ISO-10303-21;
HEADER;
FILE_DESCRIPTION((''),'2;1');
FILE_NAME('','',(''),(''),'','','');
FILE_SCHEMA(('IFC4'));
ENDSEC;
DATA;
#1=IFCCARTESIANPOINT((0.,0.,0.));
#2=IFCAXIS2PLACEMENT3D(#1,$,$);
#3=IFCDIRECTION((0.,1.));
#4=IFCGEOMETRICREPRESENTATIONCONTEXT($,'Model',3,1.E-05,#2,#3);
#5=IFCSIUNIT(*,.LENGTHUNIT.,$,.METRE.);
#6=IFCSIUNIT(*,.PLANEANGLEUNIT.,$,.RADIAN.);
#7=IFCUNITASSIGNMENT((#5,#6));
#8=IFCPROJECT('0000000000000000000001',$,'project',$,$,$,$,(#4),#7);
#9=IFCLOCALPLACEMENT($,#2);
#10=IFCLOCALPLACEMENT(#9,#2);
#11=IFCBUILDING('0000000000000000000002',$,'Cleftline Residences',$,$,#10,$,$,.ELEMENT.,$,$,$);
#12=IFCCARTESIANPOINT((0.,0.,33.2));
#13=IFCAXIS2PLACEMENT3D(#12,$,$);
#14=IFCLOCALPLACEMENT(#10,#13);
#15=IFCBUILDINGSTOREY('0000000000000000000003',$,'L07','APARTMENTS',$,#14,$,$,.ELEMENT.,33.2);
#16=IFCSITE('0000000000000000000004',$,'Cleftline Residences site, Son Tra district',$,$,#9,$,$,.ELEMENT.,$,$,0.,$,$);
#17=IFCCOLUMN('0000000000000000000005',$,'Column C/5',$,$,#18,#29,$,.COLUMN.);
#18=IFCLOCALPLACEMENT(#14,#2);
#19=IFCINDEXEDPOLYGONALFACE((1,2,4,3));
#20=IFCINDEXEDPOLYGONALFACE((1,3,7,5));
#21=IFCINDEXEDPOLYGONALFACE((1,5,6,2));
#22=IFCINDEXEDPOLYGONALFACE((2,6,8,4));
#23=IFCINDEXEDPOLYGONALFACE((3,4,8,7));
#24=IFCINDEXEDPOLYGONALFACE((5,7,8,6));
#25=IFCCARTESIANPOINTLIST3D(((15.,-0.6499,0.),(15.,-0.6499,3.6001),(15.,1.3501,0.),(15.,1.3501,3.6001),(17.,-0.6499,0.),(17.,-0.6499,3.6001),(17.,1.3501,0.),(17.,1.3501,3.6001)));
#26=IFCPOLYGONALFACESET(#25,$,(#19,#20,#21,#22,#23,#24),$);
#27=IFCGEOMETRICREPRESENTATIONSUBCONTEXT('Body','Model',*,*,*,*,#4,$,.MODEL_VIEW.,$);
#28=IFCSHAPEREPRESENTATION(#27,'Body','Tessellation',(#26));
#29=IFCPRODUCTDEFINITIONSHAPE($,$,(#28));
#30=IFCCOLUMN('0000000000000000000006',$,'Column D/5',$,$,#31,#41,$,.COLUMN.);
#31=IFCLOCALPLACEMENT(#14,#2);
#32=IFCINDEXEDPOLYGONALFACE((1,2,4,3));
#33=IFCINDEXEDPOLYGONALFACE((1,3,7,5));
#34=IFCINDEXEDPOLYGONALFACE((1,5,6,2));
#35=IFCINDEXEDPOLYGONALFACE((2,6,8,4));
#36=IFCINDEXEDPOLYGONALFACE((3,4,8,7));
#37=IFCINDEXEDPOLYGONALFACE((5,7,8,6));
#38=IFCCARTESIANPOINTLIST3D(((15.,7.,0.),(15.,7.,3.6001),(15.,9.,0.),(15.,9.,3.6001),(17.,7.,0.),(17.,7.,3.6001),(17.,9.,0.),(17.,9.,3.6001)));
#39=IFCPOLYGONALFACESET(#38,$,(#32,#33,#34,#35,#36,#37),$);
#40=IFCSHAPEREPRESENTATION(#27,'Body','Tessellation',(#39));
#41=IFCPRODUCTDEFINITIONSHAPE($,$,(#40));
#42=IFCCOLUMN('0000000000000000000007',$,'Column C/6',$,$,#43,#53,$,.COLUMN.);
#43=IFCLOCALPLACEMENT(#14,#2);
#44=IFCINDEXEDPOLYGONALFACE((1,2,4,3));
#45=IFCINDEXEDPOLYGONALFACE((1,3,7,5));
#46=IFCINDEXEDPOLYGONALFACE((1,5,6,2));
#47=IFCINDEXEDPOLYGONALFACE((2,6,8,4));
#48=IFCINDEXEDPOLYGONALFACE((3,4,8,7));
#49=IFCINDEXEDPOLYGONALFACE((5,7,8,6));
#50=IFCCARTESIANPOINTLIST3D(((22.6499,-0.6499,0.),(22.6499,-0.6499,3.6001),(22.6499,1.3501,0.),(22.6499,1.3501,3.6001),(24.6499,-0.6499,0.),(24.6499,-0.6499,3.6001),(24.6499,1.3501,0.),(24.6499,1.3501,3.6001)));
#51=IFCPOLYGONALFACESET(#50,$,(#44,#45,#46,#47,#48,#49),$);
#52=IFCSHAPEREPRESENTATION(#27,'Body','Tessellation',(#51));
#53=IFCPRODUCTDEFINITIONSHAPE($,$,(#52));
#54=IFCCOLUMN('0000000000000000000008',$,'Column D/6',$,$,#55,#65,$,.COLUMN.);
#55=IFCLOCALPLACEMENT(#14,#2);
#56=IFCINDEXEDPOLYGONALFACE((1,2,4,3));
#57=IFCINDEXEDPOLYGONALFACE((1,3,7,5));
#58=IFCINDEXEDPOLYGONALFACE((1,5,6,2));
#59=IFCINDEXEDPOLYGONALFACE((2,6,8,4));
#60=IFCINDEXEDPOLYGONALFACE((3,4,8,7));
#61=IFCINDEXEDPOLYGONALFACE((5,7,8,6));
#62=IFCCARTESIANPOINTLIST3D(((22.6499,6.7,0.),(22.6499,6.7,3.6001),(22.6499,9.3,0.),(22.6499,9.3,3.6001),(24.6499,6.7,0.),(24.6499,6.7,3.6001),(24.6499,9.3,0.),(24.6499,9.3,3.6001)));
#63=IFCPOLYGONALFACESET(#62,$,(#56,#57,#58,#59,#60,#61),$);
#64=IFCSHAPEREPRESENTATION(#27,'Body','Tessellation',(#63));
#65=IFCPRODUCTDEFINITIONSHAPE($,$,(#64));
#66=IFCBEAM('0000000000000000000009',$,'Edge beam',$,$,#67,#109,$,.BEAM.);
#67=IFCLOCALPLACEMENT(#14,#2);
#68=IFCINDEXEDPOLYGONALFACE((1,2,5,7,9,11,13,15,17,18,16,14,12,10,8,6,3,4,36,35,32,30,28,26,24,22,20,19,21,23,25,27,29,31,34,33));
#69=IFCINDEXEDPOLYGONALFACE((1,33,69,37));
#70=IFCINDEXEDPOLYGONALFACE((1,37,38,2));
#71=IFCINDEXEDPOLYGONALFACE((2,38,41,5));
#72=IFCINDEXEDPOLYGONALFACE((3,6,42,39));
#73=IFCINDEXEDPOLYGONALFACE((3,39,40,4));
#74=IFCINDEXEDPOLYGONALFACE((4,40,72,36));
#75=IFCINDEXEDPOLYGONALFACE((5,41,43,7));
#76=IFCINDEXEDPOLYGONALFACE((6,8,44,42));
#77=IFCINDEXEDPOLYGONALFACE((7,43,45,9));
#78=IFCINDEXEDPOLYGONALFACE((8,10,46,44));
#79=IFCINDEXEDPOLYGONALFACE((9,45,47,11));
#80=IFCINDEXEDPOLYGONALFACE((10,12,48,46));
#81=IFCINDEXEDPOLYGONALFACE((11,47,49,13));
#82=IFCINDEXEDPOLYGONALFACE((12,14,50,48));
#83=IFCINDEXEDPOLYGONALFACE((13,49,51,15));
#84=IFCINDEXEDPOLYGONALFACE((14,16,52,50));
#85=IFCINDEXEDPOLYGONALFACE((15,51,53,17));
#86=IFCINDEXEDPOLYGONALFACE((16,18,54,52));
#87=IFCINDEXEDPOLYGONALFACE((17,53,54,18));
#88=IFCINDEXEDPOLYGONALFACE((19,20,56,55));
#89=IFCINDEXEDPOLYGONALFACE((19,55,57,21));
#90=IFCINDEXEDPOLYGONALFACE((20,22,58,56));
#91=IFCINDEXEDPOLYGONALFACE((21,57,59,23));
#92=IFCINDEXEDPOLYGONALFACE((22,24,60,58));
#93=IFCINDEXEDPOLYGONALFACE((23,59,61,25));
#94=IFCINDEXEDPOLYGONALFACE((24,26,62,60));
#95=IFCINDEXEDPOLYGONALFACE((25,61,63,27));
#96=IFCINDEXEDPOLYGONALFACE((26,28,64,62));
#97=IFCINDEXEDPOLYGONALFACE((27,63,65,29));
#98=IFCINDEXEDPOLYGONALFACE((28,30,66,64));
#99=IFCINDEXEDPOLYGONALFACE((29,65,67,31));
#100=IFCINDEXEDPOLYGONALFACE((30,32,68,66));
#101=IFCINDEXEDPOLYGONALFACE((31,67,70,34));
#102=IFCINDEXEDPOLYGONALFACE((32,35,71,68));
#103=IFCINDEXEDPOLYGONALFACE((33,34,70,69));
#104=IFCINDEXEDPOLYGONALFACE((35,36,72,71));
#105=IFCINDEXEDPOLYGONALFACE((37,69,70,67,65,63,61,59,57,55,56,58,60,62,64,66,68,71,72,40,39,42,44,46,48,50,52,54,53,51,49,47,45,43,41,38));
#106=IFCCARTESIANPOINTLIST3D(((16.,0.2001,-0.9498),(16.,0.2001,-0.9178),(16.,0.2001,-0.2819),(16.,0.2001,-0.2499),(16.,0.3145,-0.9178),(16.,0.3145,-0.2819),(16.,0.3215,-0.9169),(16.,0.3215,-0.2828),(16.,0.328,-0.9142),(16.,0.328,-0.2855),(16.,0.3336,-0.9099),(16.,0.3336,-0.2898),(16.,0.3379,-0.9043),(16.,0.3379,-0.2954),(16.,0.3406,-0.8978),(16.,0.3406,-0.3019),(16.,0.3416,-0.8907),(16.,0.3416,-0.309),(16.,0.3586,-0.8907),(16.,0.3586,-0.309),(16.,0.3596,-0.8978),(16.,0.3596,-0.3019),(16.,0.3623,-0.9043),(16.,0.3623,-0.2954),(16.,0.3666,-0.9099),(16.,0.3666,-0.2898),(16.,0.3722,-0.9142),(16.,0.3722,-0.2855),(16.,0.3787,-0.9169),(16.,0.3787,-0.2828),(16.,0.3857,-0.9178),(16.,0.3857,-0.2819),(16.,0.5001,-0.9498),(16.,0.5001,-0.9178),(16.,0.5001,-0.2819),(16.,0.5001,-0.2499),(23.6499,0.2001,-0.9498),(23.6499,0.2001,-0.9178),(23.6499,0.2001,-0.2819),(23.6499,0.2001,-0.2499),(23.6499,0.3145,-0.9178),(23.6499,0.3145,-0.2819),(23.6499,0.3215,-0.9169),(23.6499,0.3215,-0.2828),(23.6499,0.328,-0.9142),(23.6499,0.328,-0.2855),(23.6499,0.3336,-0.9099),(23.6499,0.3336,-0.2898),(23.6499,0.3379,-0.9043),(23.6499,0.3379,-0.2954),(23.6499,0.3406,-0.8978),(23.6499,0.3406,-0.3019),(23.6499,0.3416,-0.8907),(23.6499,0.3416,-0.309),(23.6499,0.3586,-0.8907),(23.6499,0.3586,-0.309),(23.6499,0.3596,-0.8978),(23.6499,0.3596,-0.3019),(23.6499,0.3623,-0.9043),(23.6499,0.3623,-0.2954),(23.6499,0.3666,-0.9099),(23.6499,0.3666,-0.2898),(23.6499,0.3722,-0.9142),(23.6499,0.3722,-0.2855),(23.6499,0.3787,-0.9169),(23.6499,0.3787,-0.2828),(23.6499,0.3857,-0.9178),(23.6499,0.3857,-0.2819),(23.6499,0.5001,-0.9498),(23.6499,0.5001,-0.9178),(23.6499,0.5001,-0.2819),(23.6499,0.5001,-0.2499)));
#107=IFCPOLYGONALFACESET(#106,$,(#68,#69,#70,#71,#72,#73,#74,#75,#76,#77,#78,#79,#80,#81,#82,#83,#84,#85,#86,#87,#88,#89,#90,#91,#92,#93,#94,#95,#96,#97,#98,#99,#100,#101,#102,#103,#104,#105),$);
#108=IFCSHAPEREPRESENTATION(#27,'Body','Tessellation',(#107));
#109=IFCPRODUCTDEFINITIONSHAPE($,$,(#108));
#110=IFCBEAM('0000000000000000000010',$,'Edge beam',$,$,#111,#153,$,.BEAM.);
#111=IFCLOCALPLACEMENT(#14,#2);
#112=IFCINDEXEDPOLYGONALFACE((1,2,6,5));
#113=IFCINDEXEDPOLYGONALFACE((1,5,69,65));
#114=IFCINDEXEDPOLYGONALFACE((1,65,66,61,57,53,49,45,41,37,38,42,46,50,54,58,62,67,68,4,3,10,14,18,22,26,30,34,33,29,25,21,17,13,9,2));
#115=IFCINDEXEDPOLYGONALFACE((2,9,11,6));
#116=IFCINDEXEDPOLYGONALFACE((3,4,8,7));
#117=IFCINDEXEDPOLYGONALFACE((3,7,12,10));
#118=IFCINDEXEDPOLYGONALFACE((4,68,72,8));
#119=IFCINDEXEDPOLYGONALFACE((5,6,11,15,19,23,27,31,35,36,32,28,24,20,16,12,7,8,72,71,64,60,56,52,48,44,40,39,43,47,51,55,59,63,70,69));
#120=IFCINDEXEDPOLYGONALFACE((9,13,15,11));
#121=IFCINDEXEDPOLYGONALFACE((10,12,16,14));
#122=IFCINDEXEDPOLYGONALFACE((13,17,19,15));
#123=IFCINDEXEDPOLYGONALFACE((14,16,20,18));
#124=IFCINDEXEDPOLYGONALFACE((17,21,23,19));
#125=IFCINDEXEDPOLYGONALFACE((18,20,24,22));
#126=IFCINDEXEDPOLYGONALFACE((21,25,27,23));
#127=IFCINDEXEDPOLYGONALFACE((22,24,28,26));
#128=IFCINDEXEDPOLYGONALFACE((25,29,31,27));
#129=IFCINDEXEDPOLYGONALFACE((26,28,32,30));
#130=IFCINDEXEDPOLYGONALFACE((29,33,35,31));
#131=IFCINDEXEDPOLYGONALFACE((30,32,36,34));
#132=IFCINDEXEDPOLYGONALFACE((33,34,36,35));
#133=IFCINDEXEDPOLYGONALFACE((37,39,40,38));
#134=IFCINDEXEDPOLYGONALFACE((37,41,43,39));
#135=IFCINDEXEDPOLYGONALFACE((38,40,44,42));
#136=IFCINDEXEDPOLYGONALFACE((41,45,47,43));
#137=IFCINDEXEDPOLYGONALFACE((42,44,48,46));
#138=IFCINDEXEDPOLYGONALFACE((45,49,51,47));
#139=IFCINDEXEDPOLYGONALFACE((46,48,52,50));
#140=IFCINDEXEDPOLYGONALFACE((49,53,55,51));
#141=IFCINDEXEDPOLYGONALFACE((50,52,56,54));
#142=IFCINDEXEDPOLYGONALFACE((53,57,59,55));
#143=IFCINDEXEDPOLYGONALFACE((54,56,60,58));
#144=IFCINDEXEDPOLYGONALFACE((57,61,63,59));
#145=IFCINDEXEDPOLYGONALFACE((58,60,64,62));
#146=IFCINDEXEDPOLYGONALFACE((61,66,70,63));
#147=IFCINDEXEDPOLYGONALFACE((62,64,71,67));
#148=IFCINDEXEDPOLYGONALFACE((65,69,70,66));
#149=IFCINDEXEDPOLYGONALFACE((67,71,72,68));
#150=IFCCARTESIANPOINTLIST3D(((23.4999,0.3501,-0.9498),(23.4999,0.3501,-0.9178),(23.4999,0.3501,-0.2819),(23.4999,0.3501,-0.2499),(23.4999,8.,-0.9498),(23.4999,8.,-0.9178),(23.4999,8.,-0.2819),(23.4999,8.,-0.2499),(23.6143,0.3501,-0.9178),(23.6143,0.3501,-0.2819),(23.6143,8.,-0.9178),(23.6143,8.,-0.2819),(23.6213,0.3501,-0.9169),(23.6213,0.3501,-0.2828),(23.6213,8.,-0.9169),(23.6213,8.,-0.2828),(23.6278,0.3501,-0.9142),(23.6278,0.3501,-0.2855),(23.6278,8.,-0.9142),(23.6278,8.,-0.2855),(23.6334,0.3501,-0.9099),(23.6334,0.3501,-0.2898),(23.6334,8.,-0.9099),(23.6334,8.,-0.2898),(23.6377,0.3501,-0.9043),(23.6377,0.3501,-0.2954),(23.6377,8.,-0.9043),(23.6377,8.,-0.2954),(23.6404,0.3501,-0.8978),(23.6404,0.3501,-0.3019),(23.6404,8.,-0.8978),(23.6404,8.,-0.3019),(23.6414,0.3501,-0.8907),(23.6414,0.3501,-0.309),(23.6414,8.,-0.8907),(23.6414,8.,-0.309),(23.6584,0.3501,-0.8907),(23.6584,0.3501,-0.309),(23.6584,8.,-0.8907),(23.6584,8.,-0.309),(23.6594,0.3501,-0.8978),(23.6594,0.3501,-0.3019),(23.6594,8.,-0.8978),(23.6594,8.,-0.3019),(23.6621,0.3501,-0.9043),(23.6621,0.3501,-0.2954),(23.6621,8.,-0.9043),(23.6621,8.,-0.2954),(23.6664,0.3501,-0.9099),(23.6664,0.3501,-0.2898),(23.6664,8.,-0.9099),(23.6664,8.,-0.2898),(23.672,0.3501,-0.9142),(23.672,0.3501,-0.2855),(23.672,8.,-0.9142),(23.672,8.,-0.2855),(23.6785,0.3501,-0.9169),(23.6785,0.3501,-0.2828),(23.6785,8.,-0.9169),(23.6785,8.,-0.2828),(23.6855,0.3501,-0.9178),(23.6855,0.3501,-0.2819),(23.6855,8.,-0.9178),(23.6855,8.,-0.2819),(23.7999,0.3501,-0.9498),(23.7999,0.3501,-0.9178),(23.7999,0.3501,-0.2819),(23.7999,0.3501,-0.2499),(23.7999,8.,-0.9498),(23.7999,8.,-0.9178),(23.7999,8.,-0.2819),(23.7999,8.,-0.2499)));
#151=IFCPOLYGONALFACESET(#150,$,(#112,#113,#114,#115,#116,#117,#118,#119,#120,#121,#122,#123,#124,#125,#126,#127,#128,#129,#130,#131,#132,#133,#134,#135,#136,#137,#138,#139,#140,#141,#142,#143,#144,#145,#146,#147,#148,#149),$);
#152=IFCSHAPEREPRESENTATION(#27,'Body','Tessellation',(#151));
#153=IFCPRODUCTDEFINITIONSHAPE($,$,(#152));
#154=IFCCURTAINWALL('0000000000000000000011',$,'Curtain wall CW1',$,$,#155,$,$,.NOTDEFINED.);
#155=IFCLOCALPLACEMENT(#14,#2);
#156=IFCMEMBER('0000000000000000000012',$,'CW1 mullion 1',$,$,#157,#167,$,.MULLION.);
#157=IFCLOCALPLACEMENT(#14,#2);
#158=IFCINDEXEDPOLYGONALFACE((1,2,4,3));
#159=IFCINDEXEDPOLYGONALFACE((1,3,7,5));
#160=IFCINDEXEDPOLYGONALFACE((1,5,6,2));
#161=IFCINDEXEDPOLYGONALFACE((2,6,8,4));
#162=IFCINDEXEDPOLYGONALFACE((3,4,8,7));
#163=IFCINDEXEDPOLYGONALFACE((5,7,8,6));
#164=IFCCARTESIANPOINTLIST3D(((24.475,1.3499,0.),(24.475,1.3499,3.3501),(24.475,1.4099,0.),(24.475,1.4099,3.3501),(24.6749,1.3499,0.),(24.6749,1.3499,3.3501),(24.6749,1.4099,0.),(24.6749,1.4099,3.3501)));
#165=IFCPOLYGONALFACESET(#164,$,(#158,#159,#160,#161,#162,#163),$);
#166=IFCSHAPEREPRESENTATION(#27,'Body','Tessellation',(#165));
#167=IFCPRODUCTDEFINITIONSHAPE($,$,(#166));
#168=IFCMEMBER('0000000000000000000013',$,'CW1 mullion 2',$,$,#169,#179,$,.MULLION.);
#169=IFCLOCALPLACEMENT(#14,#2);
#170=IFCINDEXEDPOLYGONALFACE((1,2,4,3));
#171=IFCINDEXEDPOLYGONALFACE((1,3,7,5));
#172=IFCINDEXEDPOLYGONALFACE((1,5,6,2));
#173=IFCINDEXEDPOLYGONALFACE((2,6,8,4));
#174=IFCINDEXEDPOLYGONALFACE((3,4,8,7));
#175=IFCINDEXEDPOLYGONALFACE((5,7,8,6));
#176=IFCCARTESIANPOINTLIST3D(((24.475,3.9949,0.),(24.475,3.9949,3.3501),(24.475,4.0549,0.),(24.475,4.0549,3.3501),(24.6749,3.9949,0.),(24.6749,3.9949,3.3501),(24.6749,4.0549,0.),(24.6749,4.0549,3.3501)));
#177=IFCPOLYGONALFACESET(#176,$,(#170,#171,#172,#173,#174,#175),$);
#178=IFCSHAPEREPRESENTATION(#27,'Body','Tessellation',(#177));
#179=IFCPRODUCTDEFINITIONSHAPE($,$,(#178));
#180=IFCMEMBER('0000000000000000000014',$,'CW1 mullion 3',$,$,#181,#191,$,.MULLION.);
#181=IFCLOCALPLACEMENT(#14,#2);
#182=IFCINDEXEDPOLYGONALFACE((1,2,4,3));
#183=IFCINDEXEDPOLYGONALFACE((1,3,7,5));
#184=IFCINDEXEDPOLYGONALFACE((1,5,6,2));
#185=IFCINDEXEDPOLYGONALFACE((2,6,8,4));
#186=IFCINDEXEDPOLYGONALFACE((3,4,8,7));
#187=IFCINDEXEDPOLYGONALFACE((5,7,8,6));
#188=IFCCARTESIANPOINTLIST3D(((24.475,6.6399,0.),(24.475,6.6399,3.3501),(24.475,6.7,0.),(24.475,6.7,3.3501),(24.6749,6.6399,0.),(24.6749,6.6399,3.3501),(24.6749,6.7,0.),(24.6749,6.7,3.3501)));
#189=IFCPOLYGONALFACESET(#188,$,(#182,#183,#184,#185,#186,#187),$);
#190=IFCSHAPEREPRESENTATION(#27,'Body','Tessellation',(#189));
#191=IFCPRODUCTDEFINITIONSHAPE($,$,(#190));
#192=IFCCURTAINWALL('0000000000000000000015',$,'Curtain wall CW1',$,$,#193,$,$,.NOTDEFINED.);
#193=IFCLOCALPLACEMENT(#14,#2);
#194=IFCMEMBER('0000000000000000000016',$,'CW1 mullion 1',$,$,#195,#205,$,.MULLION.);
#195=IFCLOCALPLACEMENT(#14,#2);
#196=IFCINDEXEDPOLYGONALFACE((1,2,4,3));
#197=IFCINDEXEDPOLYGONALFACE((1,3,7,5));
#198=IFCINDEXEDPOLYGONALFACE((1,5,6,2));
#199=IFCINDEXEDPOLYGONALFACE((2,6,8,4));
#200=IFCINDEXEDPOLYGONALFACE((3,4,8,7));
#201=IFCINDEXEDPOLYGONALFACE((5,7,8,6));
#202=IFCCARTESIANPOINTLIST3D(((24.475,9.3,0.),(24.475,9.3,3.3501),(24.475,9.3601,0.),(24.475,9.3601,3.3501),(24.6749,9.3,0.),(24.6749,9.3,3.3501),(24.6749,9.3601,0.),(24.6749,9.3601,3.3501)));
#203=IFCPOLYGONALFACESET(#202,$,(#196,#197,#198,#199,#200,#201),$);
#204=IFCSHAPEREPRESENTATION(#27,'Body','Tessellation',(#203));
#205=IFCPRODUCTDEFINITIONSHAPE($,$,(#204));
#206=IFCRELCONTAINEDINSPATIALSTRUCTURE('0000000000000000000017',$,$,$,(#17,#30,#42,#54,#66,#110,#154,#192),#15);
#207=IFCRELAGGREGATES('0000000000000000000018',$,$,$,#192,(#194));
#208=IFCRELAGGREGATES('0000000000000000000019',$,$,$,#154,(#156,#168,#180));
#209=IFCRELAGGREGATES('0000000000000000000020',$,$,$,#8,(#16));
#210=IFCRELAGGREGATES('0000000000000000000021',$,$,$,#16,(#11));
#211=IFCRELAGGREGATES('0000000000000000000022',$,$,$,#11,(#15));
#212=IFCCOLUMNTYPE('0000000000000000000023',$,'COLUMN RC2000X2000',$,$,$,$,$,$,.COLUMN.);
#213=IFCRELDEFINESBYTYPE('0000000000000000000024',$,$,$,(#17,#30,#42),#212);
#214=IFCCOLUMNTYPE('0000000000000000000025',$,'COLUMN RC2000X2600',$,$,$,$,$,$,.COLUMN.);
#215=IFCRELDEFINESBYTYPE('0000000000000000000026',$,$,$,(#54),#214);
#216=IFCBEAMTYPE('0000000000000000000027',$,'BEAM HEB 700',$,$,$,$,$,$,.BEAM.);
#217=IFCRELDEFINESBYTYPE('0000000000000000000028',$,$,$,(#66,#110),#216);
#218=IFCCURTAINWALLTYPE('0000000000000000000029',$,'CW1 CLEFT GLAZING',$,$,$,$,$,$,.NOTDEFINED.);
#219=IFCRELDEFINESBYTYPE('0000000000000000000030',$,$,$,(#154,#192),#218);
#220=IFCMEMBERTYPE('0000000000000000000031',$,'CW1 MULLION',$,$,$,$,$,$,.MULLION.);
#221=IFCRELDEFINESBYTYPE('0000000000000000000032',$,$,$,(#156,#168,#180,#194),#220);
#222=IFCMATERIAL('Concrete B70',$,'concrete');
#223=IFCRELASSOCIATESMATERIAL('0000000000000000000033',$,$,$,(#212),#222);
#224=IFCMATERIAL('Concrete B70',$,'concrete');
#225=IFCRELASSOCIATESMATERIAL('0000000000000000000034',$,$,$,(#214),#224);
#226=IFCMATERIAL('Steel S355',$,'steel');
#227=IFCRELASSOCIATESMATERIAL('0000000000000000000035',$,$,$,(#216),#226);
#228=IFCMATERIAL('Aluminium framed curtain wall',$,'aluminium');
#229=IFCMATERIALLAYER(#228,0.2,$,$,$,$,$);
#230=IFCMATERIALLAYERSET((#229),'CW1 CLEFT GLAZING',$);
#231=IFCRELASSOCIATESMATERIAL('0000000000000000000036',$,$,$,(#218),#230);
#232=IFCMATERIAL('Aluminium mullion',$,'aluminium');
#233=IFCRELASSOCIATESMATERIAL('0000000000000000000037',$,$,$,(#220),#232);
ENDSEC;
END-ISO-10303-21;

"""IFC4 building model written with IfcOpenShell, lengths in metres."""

from ifc_helpers import new_model, si_unit, direction, frame, origin, origin_2d, place, context, subcontext, project, spatial, rectangle, i_section, extrude, material, layer, layer_set, material_profile, profile_set, type_object, element, aggregate, save


model = new_model("IFC4")

# Units and contexts
model_context = context("Model", 3, precision=1e-05, world=origin(), true_north=direction((0.0, 1.0)))
body_context = subcontext(model_context, "Body", "Model", "MODEL_VIEW")
ifc_project = project(units=[si_unit("LENGTHUNIT", "METRE"), si_unit("PLANEANGLEUNIT", "RADIAN")], contexts=[model_context])

# Site, building, storey
site_placement = place(None, origin())
site = spatial("IfcSite", under=ifc_project, at=site_placement, Name="Cleftline Residences site, Son Tra district", CompositionType="ELEMENT", RefElevation=0.0)
building_placement = place(site_placement, origin())
building = spatial("IfcBuilding", under=site, at=building_placement, Name="Cleftline Residences", CompositionType="ELEMENT")
storey_placement = place(building_placement, frame((0.0, 0.0, 33.2)))
storey = spatial("IfcBuildingStorey", under=building, at=storey_placement, Name="L07", Description="APARTMENTS", CompositionType="ELEMENT", Elevation=33.2)

# Columns
ifc_material_1 = material(Name="Concrete B70", Category="concrete")
ifc_material_profile_1 = material_profile(ifc_material_1, rectangle(XDim=2.0, YDim=2.0, at=origin_2d()))
ifc_profile_set_1 = profile_set([ifc_material_profile_1], Name="Concrete B70")
column_type_1 = type_object("IfcColumnType", Name="COLUMN RC2000X2000", PredefinedType="COLUMN", material=ifc_profile_set_1)
for number, where, z_axis, x_axis, name in (
    (1, (16.0, 0.3501, 0.0), (0.0, 0.0, 1.0), (1.0, 0.0, 0.0), "Column C/5"),
    (2, (16.0, 8.0, 0.0), (0.0, 0.0, 1.0), (1.0, 0.0, 0.0), "Column D/5"),
    (3, (23.6499, 0.3501, 0.0), (0.0, 0.0, 1.0), (1.0, 0.0, 0.0), "Column C/6"),
):
    element("IfcColumn", number, at=place(storey_placement, frame(where, z_axis=z_axis, x_axis=x_axis)), inside=storey, type_object=column_type_1, Name=name, PredefinedType="COLUMN", context=body_context, shape_type="SweptSolid", body=[
        extrude(rectangle(XDim=2.0, YDim=2.0, at=origin_2d()), origin(), (0.0, 0.0, 1.0), 3.6001),
    ])
ifc_material_2 = material(Name="Concrete B70", Category="concrete")
ifc_material_profile_2 = material_profile(ifc_material_2, rectangle(XDim=2.0, YDim=2.6001, at=origin_2d()))
ifc_profile_set_2 = profile_set([ifc_material_profile_2], Name="Concrete B70")
column_type_2 = type_object("IfcColumnType", Name="COLUMN RC2000X2600", PredefinedType="COLUMN", material=ifc_profile_set_2)
column_placement = place(storey_placement, frame((23.6499, 8.0, 0.0), z_axis=(0.0, 0.0, 1.0), x_axis=(1.0, 0.0, 0.0)))
element("IfcColumn", 4, at=column_placement, inside=storey, type_object=column_type_2, Name="Column D/6", PredefinedType="COLUMN", context=body_context, shape_type="SweptSolid", body=[
    extrude(rectangle(XDim=2.0, YDim=2.6001, at=origin_2d()), origin(), (0.0, 0.0, 1.0), 3.6001),
])

# Beams
ifc_material_3 = material(Name="Steel S355", Category="steel")
ifc_material_profile_3 = material_profile(ifc_material_3, i_section(OverallWidth=0.3, OverallDepth=0.7, WebThickness=0.0171, FlangeThickness=0.032, FilletRadius=0.0271, at=origin_2d()))
ifc_profile_set_3 = profile_set([ifc_material_profile_3], Name="Steel S355")
beam_type = type_object("IfcBeamType", Name="BEAM HEB 700", PredefinedType="BEAM", material=ifc_profile_set_3)
for number, where, z_axis, x_axis, name in (
    (5, (16.0, 0.3501, -0.5999), (1.0, 0.0, 0.0), (0.0, 1.0, 0.0), "Edge beam"),
    (6, (23.6499, 0.3501, -0.5999), (0.0, 1.0, 0.0), (-1.0, 0.0, 0.0), "Edge beam"),
):
    element("IfcBeam", number, at=place(storey_placement, frame(where, z_axis=z_axis, x_axis=x_axis)), inside=storey, type_object=beam_type, Name=name, PredefinedType="BEAM", context=body_context, shape_type="SweptSolid", body=[
        extrude(i_section(OverallWidth=0.3, OverallDepth=0.7, WebThickness=0.0171, FlangeThickness=0.032, FilletRadius=0.0271, at=origin_2d()), origin(), (0.0, 0.0, 1.0), 7.6499),
    ])

# Curtain wall, members
ifc_material_4 = material(Name="Aluminium framed curtain wall", Category="aluminium")
ifc_layer_1 = layer(ifc_material_4, 0.2)
ifc_layer_set_1 = layer_set([ifc_layer_1], Name="CW1 CLEFT GLAZING")
curtain_wall_type = type_object("IfcCurtainWallType", Name="CW1 CLEFT GLAZING", PredefinedType="NOTDEFINED", material=ifc_layer_set_1)
curtain_wall_1_placement = place(storey_placement, origin())
curtain_wall_1 = element("IfcCurtainWall", 7, at=curtain_wall_1_placement, inside=storey, type_object=curtain_wall_type, Name="Curtain wall CW1", PredefinedType="NOTDEFINED")
ifc_material_5 = material(Name="Aluminium mullion", Category="aluminium")
ifc_material_profile_4 = material_profile(ifc_material_5, rectangle(XDim=0.2, YDim=0.0601, at=origin_2d()))
ifc_profile_set_4 = profile_set([ifc_material_profile_4], Name="Aluminium mullion")
member_type_1 = type_object("IfcMemberType", Name="CW1 MULLION", PredefinedType="MULLION", material=ifc_profile_set_4)
member_1_placement = place(storey_placement, frame((24.575, 1.3799, 0.0), z_axis=(0.0, 0.0, 1.0), x_axis=(-1.0, 0.0, 0.0)))
member_1 = element("IfcMember", 8, at=member_1_placement, type_object=member_type_1, Name="CW1 mullion 1", PredefinedType="MULLION", context=body_context, shape_type="SweptSolid", body=[
    extrude(rectangle(XDim=0.2, YDim=0.0601, at=origin_2d()), origin(), (0.0, 0.0, 1.0), 3.3501),
])
member_2_placement = place(storey_placement, frame((24.575, 4.0249, 0.0), z_axis=(0.0, 0.0, 1.0), x_axis=(-1.0, 0.0, 0.0)))
member_2 = element("IfcMember", 9, at=member_2_placement, type_object=member_type_1, Name="CW1 mullion 2", PredefinedType="MULLION", context=body_context, shape_type="SweptSolid", body=[
    extrude(rectangle(XDim=0.2, YDim=0.0601, at=origin_2d()), origin(), (0.0, 0.0, 1.0), 3.3501),
])
member_3_placement = place(storey_placement, frame((24.575, 6.6699, 0.0), z_axis=(0.0, 0.0, 1.0), x_axis=(-1.0, 0.0, 0.0)))
member_3 = element("IfcMember", 10, at=member_3_placement, type_object=member_type_1, Name="CW1 mullion 3", PredefinedType="MULLION", context=body_context, shape_type="SweptSolid", body=[
    extrude(rectangle(XDim=0.2, YDim=0.0601, at=origin_2d()), origin(), (0.0, 0.0, 1.0), 3.3501),
])

# Curtain wall, member
curtain_wall_2_placement = place(storey_placement, origin())
curtain_wall_2 = element("IfcCurtainWall", 11, at=curtain_wall_2_placement, inside=storey, type_object=curtain_wall_type, Name="Curtain wall CW1", PredefinedType="NOTDEFINED")
member_4_placement = place(storey_placement, frame((24.575, 9.3301, 0.0), z_axis=(0.0, 0.0, 1.0), x_axis=(-1.0, 0.0, 0.0)))
member_4 = element("IfcMember", 12, at=member_4_placement, type_object=member_type_1, Name="CW1 mullion 1", PredefinedType="MULLION", context=body_context, shape_type="SweptSolid", body=[
    extrude(rectangle(XDim=0.2, YDim=0.0601, at=origin_2d()), origin(), (0.0, 0.0, 1.0), 3.3501),
])

aggregate(curtain_wall_2, [member_4])

aggregate(curtain_wall_1, [member_1, member_2, member_3])

save(model, "model.ifc")
